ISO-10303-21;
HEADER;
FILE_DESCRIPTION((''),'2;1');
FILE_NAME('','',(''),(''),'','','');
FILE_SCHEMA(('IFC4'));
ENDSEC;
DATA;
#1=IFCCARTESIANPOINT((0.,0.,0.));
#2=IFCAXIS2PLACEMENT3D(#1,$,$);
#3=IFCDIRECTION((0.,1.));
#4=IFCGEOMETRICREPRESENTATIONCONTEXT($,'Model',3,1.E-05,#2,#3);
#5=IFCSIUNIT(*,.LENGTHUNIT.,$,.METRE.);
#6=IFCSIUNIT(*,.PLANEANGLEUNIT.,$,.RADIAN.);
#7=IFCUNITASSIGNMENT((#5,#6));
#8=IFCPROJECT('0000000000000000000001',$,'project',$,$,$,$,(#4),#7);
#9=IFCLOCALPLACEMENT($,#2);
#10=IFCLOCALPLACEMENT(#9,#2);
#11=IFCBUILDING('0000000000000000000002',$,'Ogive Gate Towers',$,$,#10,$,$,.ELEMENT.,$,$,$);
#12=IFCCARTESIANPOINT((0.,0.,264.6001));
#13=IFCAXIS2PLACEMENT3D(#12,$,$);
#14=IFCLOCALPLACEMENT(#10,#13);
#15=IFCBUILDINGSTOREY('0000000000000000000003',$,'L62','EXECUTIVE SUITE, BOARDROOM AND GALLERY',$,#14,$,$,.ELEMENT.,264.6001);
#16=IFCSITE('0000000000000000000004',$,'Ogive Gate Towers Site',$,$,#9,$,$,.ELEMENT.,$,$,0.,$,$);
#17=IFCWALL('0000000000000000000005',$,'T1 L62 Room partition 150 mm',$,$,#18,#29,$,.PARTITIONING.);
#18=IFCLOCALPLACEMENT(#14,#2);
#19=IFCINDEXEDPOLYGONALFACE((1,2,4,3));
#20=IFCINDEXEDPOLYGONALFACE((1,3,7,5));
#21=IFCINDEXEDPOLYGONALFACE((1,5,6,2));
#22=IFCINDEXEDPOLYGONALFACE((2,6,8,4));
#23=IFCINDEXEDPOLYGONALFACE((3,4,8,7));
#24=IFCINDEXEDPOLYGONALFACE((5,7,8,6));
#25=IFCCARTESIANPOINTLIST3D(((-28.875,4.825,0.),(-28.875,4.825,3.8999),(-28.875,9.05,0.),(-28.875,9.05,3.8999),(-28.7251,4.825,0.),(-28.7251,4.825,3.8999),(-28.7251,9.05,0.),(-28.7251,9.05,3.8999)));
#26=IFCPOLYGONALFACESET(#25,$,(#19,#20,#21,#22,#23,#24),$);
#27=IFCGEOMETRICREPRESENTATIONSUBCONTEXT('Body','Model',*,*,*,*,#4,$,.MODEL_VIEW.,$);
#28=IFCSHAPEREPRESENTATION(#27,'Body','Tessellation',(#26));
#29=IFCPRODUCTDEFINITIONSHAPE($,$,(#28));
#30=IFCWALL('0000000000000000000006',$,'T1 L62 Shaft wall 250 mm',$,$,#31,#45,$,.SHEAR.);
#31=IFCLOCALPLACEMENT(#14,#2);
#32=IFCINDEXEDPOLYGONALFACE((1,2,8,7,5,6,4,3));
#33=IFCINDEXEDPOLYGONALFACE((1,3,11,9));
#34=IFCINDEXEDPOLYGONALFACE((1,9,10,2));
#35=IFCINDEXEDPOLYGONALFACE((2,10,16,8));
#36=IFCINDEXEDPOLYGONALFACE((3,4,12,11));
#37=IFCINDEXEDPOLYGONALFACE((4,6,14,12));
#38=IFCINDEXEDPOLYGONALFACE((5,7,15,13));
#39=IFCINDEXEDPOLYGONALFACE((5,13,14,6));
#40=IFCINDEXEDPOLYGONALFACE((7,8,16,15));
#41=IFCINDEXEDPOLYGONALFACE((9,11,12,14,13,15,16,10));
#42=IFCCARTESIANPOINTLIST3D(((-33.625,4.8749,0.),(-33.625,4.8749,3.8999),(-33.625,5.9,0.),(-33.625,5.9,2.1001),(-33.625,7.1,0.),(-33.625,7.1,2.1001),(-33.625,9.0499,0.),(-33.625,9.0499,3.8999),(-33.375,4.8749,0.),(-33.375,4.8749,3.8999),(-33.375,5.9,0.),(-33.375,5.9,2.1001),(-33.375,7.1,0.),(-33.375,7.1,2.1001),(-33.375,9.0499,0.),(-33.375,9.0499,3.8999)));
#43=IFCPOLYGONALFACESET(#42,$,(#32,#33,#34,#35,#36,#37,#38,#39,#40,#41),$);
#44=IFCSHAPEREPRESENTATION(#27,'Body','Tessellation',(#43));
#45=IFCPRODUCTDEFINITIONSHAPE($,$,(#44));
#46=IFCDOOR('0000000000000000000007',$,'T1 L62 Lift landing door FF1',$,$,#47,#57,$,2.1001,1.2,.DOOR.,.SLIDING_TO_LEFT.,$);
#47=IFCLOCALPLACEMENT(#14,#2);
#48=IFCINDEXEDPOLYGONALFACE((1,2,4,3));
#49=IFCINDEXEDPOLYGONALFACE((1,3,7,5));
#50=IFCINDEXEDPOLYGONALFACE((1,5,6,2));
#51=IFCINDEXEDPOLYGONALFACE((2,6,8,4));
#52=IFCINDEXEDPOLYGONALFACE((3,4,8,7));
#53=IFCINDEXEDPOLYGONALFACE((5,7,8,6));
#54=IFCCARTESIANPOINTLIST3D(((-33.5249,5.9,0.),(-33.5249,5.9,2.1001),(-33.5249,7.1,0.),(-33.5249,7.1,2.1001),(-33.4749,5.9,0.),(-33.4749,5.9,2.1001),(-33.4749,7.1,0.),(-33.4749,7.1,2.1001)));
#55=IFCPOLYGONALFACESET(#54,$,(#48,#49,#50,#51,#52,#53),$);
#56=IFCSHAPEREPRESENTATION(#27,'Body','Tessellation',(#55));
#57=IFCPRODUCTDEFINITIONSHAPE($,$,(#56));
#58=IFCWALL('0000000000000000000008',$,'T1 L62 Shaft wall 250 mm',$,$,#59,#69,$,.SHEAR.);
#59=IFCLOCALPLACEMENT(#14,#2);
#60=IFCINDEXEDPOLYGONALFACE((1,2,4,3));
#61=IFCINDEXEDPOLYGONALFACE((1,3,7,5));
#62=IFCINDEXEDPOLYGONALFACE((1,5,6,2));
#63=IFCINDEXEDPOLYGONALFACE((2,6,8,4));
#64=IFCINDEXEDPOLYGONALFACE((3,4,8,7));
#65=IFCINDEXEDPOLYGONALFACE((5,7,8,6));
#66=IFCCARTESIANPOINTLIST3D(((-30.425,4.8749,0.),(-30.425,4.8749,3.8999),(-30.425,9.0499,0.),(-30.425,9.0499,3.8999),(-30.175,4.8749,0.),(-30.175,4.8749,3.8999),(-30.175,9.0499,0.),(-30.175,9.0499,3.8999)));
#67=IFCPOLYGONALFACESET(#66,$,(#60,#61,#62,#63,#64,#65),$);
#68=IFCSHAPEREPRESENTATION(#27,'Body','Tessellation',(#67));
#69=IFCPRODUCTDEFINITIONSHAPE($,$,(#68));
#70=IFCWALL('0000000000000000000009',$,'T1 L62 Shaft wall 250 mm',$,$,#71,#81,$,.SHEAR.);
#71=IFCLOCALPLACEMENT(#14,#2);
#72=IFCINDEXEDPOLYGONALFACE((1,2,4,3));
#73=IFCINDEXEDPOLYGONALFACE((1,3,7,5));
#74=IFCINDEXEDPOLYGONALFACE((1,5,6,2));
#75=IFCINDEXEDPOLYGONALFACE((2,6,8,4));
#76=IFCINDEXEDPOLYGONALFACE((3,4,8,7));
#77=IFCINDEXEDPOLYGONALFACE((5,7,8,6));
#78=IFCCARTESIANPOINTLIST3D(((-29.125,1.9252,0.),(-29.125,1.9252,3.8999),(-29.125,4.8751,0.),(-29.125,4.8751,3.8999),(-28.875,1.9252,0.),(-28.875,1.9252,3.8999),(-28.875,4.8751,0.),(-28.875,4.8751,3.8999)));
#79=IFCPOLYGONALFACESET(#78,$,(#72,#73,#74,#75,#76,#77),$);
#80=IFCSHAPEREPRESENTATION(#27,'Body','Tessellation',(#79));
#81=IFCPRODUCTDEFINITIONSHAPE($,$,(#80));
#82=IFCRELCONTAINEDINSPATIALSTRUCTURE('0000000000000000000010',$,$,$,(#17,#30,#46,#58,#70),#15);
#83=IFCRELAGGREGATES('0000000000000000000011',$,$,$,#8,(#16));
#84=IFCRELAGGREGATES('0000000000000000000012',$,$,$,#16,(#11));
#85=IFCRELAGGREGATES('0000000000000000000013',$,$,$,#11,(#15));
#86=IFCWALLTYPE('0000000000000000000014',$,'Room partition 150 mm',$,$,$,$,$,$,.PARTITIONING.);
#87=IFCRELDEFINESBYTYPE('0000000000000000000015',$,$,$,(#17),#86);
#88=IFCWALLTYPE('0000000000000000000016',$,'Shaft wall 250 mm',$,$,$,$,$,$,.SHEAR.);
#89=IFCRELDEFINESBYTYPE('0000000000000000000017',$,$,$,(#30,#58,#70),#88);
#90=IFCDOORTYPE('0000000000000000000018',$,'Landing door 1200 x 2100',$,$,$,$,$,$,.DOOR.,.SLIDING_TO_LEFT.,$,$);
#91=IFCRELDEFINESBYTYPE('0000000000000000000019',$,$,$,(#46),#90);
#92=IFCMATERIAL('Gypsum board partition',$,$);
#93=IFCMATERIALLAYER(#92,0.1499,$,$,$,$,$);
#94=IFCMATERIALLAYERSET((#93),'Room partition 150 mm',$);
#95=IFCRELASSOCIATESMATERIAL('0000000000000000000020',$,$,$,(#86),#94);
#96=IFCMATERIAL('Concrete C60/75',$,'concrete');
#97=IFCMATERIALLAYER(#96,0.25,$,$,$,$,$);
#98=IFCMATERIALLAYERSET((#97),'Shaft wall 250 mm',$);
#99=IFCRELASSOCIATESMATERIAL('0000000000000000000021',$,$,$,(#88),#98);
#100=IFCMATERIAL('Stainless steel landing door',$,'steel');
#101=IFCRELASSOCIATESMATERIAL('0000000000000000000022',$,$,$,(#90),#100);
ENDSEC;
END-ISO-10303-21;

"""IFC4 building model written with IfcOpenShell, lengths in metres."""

from ifc_helpers import new_model, si_unit, direction, frame, frame_2d, origin, place, context, subcontext, project, spatial, rectangle, extrude, material, layer, layer_set, type_object, element, fill, save


model = new_model("IFC4")

# Units and contexts
model_context = context("Model", 3, precision=1e-05, world=origin(), true_north=direction((0.0, 1.0)))
body_context = subcontext(model_context, "Body", "Model", "MODEL_VIEW")
ifc_project = project(units=[si_unit("LENGTHUNIT", "METRE"), si_unit("PLANEANGLEUNIT", "RADIAN")], contexts=[model_context])

# Site, building, storey
site_placement = place(None, origin())
site = spatial("IfcSite", under=ifc_project, at=site_placement, Name="Ogive Gate Towers Site", CompositionType="ELEMENT", RefElevation=0.0)
building_placement = place(site_placement, origin())
building = spatial("IfcBuilding", under=site, at=building_placement, Name="Ogive Gate Towers", CompositionType="ELEMENT")
storey_placement = place(building_placement, frame((0.0, 0.0, 264.6001)))
storey = spatial("IfcBuildingStorey", under=building, at=storey_placement, Name="L62", Description="EXECUTIVE SUITE, BOARDROOM AND GALLERY", CompositionType="ELEMENT", Elevation=264.6001)

# Wall
ifc_material_1 = material(Name="Gypsum board partition")
ifc_layer_1 = layer(ifc_material_1, 0.1499)
ifc_layer_set_1 = layer_set([ifc_layer_1], Name="Room partition 150 mm")
wall_type_1 = type_object("IfcWallType", Name="Room partition 150 mm", PredefinedType="PARTITIONING", material=ifc_layer_set_1)
wall_1_placement = place(storey_placement, frame((-28.8, 4.825, 0.0), z_axis=(0.0, 0.0, 1.0), x_axis=(0.0, 1.0, 0.0)))
element("IfcWall", 1, at=wall_1_placement, inside=storey, type_object=wall_type_1, Name="T1 L62 Room partition 150 mm", PredefinedType="PARTITIONING", context=body_context, shape_type="SweptSolid", body=[
    extrude(rectangle(XDim=4.2251, YDim=0.1499, at=frame_2d((2.1125, 0.0))), origin(), (0.0, 0.0, 1.0), 3.8999),
])

# Wall, opening, door
ifc_material_2 = material(Name="Concrete C60/75", Category="concrete")
ifc_layer_2 = layer(ifc_material_2, 0.25)
ifc_layer_set_2 = layer_set([ifc_layer_2], Name="Shaft wall 250 mm")
wall_type_2 = type_object("IfcWallType", Name="Shaft wall 250 mm", PredefinedType="SHEAR", material=ifc_layer_set_2)
wall_2_placement = place(storey_placement, frame((-33.5, 4.875, 0.0), z_axis=(0.0, 0.0, 1.0), x_axis=(0.0, 1.0, 0.0)))
wall_2 = element("IfcWall", 2, at=wall_2_placement, inside=storey, type_object=wall_type_2, Name="T1 L62 Shaft wall 250 mm", PredefinedType="SHEAR", context=body_context, shape_type="SweptSolid", body=[
    extrude(rectangle(XDim=4.175, YDim=0.25, at=frame_2d((2.0874, 0.0))), origin(), (0.0, 0.0, 1.0), 3.8999),
])
opening_1_placement = place(wall_2_placement, frame((1.0249, 0.0, 0.0)))
opening_1 = element("IfcOpeningElement", 3, at=opening_1_placement, cuts=wall_2, PredefinedType="OPENING", context=body_context, shape_type="SweptSolid", body=[
    extrude(rectangle(XDim=1.2, YDim=2.1001, at=frame_2d((0.6001, 1.05))), frame((0.0, 0.135, 0.0), z_axis=(0.0, -1.0, 0.0), x_axis=(1.0, 0.0, 0.0)), (0.0, 0.0, 1.0), 0.27),
])
ifc_material_3 = material(Name="Stainless steel landing door", Category="steel")
door_type_1 = type_object("IfcDoorType", Name="Landing door 1200 x 2100", OperationType="SLIDING_TO_LEFT", PredefinedType="DOOR", material=ifc_material_3)
door_1_placement = place(opening_1_placement, origin())
door_1 = element("IfcDoor", 4, at=door_1_placement, inside=storey, type_object=door_type_1, Name="T1 L62 Lift landing door FF1", OperationType="SLIDING_TO_LEFT", OverallHeight=2.1001, OverallWidth=1.2, PredefinedType="DOOR", context=body_context, shape_type="SweptSolid", body=[
    extrude(rectangle(XDim=1.2, YDim=2.1001, at=frame_2d((0.6001, 1.05))), frame((0.0, 0.0249, 0.0), z_axis=(0.0, -1.0, 0.0), x_axis=(1.0, 0.0, 0.0)), (0.0, 0.0, 1.0), 0.05),
])
fill(opening_1, door_1)

# Walls
wall_3_placement = place(storey_placement, frame((-30.3, 4.875, 0.0), z_axis=(0.0, 0.0, 1.0), x_axis=(0.0, 1.0, 0.0)))
element("IfcWall", 5, at=wall_3_placement, inside=storey, type_object=wall_type_2, Name="T1 L62 Shaft wall 250 mm", PredefinedType="SHEAR", context=body_context, shape_type="SweptSolid", body=[
    extrude(rectangle(XDim=4.175, YDim=0.25, at=frame_2d((2.0874, 0.0))), origin(), (0.0, 0.0, 1.0), 3.8999),
])
wall_4_placement = place(storey_placement, frame((-29.0, 1.925, 0.0), z_axis=(0.0, 0.0, 1.0), x_axis=(0.0, 1.0, 0.0)))
element("IfcWall", 6, at=wall_4_placement, inside=storey, type_object=wall_type_2, Name="T1 L62 Shaft wall 250 mm", PredefinedType="SHEAR", context=body_context, shape_type="SweptSolid", body=[
    extrude(rectangle(XDim=2.95, YDim=0.25, at=frame_2d((1.4751, 0.0))), origin(), (0.0, 0.0, 1.0), 3.8999),
])

save(model, "model.ifc")
